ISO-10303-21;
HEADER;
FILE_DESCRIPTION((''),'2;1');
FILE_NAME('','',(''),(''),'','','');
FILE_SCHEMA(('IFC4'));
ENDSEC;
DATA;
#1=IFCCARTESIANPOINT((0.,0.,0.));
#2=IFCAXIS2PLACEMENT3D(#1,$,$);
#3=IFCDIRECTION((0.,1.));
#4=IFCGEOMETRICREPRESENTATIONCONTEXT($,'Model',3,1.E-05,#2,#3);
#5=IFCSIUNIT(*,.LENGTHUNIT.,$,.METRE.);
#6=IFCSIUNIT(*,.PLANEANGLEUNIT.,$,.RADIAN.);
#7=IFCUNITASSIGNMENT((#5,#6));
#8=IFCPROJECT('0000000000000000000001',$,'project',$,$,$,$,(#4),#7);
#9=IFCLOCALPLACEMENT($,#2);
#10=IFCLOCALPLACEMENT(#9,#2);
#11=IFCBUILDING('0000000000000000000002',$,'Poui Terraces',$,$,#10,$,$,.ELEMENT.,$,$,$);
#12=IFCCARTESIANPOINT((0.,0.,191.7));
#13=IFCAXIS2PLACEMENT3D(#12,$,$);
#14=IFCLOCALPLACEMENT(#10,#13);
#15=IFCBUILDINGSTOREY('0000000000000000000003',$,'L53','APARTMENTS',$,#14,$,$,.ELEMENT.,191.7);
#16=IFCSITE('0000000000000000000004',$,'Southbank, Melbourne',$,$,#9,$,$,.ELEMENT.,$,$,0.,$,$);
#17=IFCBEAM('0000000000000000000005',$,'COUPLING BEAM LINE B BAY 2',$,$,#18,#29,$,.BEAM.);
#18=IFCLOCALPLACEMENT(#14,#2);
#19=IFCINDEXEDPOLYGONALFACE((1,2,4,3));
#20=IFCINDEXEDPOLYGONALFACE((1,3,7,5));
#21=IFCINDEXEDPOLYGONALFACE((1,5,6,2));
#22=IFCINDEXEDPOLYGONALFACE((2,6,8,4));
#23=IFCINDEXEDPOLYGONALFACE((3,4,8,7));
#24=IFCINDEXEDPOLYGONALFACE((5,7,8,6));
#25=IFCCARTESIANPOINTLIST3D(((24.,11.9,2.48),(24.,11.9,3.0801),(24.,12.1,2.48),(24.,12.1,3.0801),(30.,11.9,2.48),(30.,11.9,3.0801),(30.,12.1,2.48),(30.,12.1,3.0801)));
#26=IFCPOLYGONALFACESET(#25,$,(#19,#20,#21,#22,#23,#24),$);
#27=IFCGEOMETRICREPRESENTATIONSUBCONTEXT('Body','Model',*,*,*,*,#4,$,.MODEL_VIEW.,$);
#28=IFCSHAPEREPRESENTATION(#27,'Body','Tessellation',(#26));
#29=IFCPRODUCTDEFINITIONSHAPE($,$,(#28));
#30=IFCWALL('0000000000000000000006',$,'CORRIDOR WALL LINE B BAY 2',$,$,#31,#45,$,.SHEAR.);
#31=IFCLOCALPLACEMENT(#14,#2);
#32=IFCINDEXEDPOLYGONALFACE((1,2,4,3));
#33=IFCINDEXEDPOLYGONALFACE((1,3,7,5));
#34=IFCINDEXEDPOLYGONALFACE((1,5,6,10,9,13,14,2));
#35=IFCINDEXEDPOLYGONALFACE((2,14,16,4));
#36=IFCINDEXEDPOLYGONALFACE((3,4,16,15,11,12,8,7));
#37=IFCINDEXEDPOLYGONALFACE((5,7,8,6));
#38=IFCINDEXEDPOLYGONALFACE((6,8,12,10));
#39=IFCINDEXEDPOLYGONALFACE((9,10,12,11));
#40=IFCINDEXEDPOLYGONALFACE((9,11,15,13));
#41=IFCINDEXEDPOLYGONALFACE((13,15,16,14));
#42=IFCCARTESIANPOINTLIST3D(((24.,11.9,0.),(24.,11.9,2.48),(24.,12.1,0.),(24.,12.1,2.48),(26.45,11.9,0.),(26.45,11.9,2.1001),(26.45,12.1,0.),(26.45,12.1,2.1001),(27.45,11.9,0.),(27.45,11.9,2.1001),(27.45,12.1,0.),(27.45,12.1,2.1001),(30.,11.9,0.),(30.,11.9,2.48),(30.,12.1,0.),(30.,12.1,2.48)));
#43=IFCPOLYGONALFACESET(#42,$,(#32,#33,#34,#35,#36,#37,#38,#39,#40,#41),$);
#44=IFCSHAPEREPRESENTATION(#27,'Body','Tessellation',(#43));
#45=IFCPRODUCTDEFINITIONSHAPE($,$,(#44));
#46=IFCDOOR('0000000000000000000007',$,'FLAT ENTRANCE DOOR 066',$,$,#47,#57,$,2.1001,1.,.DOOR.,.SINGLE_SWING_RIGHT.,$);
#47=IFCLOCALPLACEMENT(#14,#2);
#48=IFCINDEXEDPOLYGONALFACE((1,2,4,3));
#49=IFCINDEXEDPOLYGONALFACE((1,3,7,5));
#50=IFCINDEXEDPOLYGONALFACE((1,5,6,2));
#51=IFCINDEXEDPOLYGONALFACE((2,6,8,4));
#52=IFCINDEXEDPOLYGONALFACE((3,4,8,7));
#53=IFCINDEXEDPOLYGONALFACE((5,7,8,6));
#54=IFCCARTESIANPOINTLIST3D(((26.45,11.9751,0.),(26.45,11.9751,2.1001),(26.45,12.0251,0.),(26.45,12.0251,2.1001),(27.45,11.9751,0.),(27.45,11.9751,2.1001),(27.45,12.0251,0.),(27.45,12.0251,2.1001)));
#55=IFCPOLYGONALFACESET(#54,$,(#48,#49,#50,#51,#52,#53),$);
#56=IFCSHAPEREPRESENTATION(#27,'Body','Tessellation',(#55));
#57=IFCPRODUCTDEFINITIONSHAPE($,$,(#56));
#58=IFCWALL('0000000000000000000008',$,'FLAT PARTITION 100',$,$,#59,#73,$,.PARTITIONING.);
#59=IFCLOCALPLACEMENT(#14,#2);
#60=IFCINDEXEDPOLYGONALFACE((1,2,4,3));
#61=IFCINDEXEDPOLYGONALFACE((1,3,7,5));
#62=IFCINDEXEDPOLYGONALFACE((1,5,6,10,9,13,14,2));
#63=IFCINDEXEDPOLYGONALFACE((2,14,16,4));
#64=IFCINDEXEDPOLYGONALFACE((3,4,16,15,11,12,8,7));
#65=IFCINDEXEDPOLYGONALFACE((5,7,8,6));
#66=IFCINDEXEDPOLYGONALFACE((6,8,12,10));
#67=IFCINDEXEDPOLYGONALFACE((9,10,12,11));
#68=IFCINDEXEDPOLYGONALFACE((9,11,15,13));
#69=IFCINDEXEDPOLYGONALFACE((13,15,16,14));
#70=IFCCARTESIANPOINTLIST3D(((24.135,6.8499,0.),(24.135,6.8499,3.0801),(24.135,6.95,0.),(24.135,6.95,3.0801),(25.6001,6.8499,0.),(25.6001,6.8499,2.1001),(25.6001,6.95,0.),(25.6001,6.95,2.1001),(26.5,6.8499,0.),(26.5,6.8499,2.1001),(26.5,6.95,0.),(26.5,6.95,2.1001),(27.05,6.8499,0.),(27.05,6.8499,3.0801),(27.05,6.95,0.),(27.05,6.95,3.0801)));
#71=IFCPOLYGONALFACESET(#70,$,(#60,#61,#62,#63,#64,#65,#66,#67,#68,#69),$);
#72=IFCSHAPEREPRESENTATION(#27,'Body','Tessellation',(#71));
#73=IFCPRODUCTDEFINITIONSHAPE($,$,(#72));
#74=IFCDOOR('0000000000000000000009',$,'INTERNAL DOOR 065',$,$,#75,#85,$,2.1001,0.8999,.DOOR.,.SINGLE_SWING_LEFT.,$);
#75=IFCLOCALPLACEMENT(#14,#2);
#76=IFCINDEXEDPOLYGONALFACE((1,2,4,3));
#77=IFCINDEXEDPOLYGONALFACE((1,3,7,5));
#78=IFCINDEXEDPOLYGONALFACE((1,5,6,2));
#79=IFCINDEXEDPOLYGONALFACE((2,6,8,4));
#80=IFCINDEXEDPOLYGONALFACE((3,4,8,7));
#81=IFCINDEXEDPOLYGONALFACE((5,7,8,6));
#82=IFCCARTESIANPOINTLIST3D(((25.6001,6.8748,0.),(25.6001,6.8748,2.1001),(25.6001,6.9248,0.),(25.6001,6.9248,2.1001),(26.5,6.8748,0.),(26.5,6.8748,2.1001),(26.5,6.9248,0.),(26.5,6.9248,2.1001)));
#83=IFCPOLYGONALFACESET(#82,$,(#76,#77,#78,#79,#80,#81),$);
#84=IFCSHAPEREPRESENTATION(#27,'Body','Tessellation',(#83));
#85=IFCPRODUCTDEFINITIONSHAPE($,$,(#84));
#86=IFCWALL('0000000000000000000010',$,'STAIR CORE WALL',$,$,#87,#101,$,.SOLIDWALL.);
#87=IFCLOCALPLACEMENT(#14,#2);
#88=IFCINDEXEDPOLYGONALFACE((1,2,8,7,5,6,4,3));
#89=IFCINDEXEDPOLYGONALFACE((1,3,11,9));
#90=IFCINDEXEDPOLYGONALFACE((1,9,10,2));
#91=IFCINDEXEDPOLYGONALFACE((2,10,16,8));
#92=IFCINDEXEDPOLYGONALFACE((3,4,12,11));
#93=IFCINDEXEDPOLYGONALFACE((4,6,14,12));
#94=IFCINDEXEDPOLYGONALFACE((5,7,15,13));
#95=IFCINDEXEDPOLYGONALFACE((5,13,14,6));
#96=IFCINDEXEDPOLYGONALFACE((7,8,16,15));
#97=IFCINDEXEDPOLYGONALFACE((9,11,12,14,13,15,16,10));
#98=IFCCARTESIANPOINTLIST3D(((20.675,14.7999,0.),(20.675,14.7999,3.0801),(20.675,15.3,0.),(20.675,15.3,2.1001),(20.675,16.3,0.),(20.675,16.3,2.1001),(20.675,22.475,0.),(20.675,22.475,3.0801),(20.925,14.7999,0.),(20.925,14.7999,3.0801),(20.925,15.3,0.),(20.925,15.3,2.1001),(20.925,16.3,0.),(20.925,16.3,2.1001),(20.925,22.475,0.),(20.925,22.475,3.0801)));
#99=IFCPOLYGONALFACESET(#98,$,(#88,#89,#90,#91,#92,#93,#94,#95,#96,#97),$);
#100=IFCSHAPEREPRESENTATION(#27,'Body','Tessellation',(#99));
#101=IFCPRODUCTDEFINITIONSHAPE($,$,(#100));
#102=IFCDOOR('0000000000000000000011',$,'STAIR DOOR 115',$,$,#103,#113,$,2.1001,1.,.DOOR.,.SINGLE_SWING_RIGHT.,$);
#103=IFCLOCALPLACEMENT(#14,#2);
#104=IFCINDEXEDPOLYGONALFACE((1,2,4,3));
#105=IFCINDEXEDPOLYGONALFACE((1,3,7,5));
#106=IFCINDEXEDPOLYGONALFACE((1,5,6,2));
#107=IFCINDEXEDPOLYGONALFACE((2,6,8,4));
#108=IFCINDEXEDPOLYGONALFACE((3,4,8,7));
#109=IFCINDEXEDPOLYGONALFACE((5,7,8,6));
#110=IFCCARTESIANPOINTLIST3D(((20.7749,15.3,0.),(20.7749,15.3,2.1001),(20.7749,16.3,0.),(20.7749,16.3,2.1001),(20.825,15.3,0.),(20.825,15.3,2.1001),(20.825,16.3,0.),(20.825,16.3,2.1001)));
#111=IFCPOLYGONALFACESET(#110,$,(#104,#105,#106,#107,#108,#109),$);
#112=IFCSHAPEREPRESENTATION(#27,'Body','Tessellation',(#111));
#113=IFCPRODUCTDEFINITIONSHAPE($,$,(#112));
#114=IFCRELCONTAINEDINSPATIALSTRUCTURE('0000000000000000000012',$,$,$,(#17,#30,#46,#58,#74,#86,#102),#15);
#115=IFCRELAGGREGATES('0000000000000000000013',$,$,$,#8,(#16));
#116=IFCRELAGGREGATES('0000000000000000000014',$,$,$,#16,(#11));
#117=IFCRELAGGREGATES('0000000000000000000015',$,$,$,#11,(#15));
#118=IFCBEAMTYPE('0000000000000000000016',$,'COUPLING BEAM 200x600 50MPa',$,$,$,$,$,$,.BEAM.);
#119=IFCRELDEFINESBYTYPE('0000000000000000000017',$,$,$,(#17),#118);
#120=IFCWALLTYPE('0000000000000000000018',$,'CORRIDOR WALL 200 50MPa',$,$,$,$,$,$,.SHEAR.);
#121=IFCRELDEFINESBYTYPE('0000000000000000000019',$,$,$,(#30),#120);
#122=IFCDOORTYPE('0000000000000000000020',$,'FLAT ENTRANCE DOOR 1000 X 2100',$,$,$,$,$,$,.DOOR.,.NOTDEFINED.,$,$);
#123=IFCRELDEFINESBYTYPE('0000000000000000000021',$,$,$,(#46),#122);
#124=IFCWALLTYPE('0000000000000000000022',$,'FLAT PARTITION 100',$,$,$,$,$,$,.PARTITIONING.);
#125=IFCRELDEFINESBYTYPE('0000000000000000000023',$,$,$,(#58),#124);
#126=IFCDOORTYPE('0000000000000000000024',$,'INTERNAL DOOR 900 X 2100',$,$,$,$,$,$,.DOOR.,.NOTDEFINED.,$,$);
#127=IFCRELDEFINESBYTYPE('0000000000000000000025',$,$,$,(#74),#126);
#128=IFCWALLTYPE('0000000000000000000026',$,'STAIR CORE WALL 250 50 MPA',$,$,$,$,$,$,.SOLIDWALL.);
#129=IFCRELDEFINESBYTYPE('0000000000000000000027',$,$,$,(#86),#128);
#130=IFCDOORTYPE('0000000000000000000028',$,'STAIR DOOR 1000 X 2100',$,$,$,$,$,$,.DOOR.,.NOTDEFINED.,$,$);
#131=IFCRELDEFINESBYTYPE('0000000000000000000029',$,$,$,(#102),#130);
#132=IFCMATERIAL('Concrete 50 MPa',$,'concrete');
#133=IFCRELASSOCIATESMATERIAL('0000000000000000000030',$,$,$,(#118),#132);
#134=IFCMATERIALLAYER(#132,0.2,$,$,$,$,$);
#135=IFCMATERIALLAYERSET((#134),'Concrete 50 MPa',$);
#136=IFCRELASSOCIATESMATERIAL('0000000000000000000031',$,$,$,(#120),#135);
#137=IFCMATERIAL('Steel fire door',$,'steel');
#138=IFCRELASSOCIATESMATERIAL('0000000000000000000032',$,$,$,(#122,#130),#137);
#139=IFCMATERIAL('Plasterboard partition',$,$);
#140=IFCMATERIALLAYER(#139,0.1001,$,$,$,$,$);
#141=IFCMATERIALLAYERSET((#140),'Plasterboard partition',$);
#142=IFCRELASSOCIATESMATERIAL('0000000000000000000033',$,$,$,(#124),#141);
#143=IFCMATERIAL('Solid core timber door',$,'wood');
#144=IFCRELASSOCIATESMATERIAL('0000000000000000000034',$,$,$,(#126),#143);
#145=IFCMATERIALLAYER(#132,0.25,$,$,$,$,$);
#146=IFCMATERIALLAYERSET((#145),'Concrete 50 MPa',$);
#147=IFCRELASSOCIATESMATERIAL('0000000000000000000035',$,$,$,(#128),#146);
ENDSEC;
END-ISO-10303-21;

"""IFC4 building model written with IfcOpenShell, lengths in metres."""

from ifc_helpers import new_model, si_unit, direction, frame, frame_2d, origin, origin_2d, place, context, subcontext, project, spatial, rectangle, extrude, source, transform, mapped, material, layer, layer_set, material_profile, profile_set, type_object, element, fill, save


model = new_model("IFC4")

# Units and contexts
model_context = context("Model", 3, precision=1e-05, world=origin(), true_north=direction((0.0, 1.0)))
body_context = subcontext(model_context, "Body", "Model", "MODEL_VIEW")
ifc_project = project(units=[si_unit("LENGTHUNIT", "METRE"), si_unit("PLANEANGLEUNIT", "RADIAN")], contexts=[model_context])

# Site, building, storey
site_placement = place(None, origin())
site = spatial("IfcSite", under=ifc_project, at=site_placement, Name="Southbank, Melbourne", CompositionType="ELEMENT", RefElevation=0.0)
building_placement = place(site_placement, origin())
building = spatial("IfcBuilding", under=site, at=building_placement, Name="Poui Terraces", CompositionType="ELEMENT")
storey_placement = place(building_placement, frame((0.0, 0.0, 191.7)))
storey = spatial("IfcBuildingStorey", under=building, at=storey_placement, Name="L53", Description="APARTMENTS", CompositionType="ELEMENT", Elevation=191.7)

# Beam
ifc_material_1 = material(Name="Concrete 50 MPa", Category="concrete")
ifc_material_profile = material_profile(ifc_material_1, rectangle(XDim=0.2, YDim=0.6001, at=origin_2d()), Name="RC 200x600")
ifc_profile_set = profile_set([ifc_material_profile], Name="Concrete 50 MPa")
beam_type = type_object("IfcBeamType", Name="COUPLING BEAM 200x600 50MPa", PredefinedType="BEAM", material=ifc_profile_set)
shared_shape = source(origin(), body_context, "Body", "SweptSolid", [
    extrude(rectangle(XDim=0.2, YDim=0.6001, at=origin_2d()), origin(), (0.0, 0.0, 1.0), 6.0),
])
beam_placement = place(storey_placement, frame((24.0, 12.0, 2.78), z_axis=(1.0, 0.0, 0.0), x_axis=(0.0, 1.0, 0.0)))
element("IfcBeam", 1, at=beam_placement, inside=storey, type_object=beam_type, Name="COUPLING BEAM LINE B BAY 2", PredefinedType="BEAM", context=body_context, shape_type="MappedRepresentation", body=[
    mapped(shared_shape, transform((0.0, 0.0, 0.0))),
])

# Walls, openings, doors
ifc_layer_1 = layer(ifc_material_1, 0.2)
ifc_layer_set_1 = layer_set([ifc_layer_1], Name="Concrete 50 MPa")
wall_type_1 = type_object("IfcWallType", Name="CORRIDOR WALL 200 50MPa", PredefinedType="SHEAR", material=ifc_layer_set_1)
wall_1_placement = place(storey_placement, frame((24.0, 12.0, 0.0), z_axis=(0.0, 0.0, 1.0), x_axis=(1.0, 0.0, 0.0)))
wall_1 = element("IfcWall", 2, at=wall_1_placement, inside=storey, type_object=wall_type_1, Name="CORRIDOR WALL LINE B BAY 2", PredefinedType="SHEAR", context=body_context, shape_type="SweptSolid", body=[
    extrude(rectangle(XDim=6.0, YDim=0.2, at=frame_2d((3.0, 0.0))), origin(), (0.0, 0.0, 1.0), 2.48),
])
opening_1_placement = place(wall_1_placement, frame((2.45, 0.0, 0.0)))
opening_1 = element("IfcOpeningElement", 3, at=opening_1_placement, cuts=wall_1, PredefinedType="OPENING", context=body_context, shape_type="SweptSolid", body=[
    extrude(rectangle(XDim=1.0, YDim=2.1001, at=frame_2d((0.5, 1.05))), frame((0.0, 0.1099, 0.0), z_axis=(0.0, -1.0, 0.0), x_axis=(1.0, 0.0, 0.0)), (0.0, 0.0, 1.0), 0.22),
])
ifc_material_2 = material(Name="Steel fire door", Category="steel")
door_type_1 = type_object("IfcDoorType", Name="FLAT ENTRANCE DOOR 1000 X 2100", OperationType="NOTDEFINED", PredefinedType="DOOR", material=ifc_material_2)
door_1_placement = place(opening_1_placement, frame((1.0, 0.0, 0.0), z_axis=(0.0, 0.0, 1.0), x_axis=(-1.0, 0.0, 0.0)))
door_1 = element("IfcDoor", 4, at=door_1_placement, inside=storey, type_object=door_type_1, Name="FLAT ENTRANCE DOOR 066", OperationType="SINGLE_SWING_RIGHT", OverallHeight=2.1001, OverallWidth=1.0, PredefinedType="DOOR", context=body_context, shape_type="SweptSolid", body=[
    extrude(rectangle(XDim=1.0, YDim=2.1001, at=frame_2d((0.5, 1.05))), frame((0.0, 0.0249, 0.0), z_axis=(0.0, -1.0, 0.0), x_axis=(1.0, 0.0, 0.0)), (0.0, 0.0, 1.0), 0.05),
])
fill(opening_1, door_1)
ifc_material_3 = material(Name="Plasterboard partition")
ifc_layer_2 = layer(ifc_material_3, 0.1001)
ifc_layer_set_2 = layer_set([ifc_layer_2], Name="Plasterboard partition")
wall_type_2 = type_object("IfcWallType", Name="FLAT PARTITION 100", PredefinedType="PARTITIONING", material=ifc_layer_set_2)
wall_2_placement = place(storey_placement, frame((24.135, 6.8999, 0.0), z_axis=(0.0, 0.0, 1.0), x_axis=(1.0, 0.0, 0.0)))
wall_2 = element("IfcWall", 5, at=wall_2_placement, inside=storey, type_object=wall_type_2, Name="FLAT PARTITION 100", PredefinedType="PARTITIONING", context=body_context, shape_type="SweptSolid", body=[
    extrude(rectangle(XDim=2.915, YDim=0.1001, at=frame_2d((1.4575, 0.0))), origin(), (0.0, 0.0, 1.0), 3.0801),
])
opening_2_placement = place(wall_2_placement, frame((1.4651, 0.0, 0.0)))
opening_2 = element("IfcOpeningElement", 6, at=opening_2_placement, cuts=wall_2, PredefinedType="OPENING", context=body_context, shape_type="SweptSolid", body=[
    extrude(rectangle(XDim=0.8999, YDim=2.1001, at=frame_2d((0.45, 1.05))), frame((0.0, 0.0601, 0.0), z_axis=(0.0, -1.0, 0.0), x_axis=(1.0, 0.0, 0.0)), (0.0, 0.0, 1.0), 0.1201),
])
ifc_material_4 = material(Name="Solid core timber door", Category="wood")
door_type_2 = type_object("IfcDoorType", Name="INTERNAL DOOR 900 X 2100", OperationType="NOTDEFINED", PredefinedType="DOOR", material=ifc_material_4)
door_2_placement = place(opening_2_placement, origin())
door_2 = element("IfcDoor", 7, at=door_2_placement, inside=storey, type_object=door_type_2, Name="INTERNAL DOOR 065", OperationType="SINGLE_SWING_LEFT", OverallHeight=2.1001, OverallWidth=0.8999, PredefinedType="DOOR", context=body_context, shape_type="SweptSolid", body=[
    extrude(rectangle(XDim=0.8999, YDim=2.1001, at=frame_2d((0.45, 1.05))), frame((0.0, 0.0249, 0.0), z_axis=(0.0, -1.0, 0.0), x_axis=(1.0, 0.0, 0.0)), (0.0, 0.0, 1.0), 0.05),
])
fill(opening_2, door_2)

# Shared definitions
door_type_3 = type_object("IfcDoorType", Name="STAIR DOOR 1000 X 2100", OperationType="NOTDEFINED", PredefinedType="DOOR", material=ifc_material_2)

# Wall, opening, door
ifc_layer_3 = layer(ifc_material_1, 0.25)
ifc_layer_set_3 = layer_set([ifc_layer_3], Name="Concrete 50 MPa")
wall_type_3 = type_object("IfcWallType", Name="STAIR CORE WALL 250 50 MPA", PredefinedType="SOLIDWALL", material=ifc_layer_set_3)
wall_3_placement = place(storey_placement, frame((20.8, 14.8, 0.0), z_axis=(0.0, 0.0, 1.0), x_axis=(0.0, 1.0, 0.0)))
wall_3 = element("IfcWall", 8, at=wall_3_placement, inside=storey, type_object=wall_type_3, Name="STAIR CORE WALL", PredefinedType="SOLIDWALL", context=body_context, shape_type="SweptSolid", body=[
    extrude(rectangle(XDim=7.675, YDim=0.25, at=frame_2d((3.8374, 0.0))), origin(), (0.0, 0.0, 1.0), 3.0801),
])
opening_3_placement = place(wall_3_placement, frame((0.5, 0.0, 0.0)))
opening_3 = element("IfcOpeningElement", 9, at=opening_3_placement, cuts=wall_3, PredefinedType="OPENING", context=body_context, shape_type="SweptSolid", body=[
    extrude(rectangle(XDim=1.0, YDim=2.1001, at=frame_2d((0.5, 1.05))), frame((0.0, 0.135, 0.0), z_axis=(0.0, -1.0, 0.0), x_axis=(1.0, 0.0, 0.0)), (0.0, 0.0, 1.0), 0.27),
])
door_3_placement = place(opening_3_placement, frame((1.0, 0.0, 0.0), z_axis=(0.0, 0.0, 1.0), x_axis=(-1.0, 0.0, 0.0)))
door_3 = element("IfcDoor", 10, at=door_3_placement, inside=storey, type_object=door_type_3, Name="STAIR DOOR 115", OperationType="SINGLE_SWING_RIGHT", OverallHeight=2.1001, OverallWidth=1.0, PredefinedType="DOOR", context=body_context, shape_type="SweptSolid", body=[
    extrude(rectangle(XDim=1.0, YDim=2.1001, at=frame_2d((0.5, 1.05))), frame((0.0, 0.0249, 0.0), z_axis=(0.0, -1.0, 0.0), x_axis=(1.0, 0.0, 0.0)), (0.0, 0.0, 1.0), 0.05),
])
fill(opening_3, door_3)

save(model, "model.ifc")
